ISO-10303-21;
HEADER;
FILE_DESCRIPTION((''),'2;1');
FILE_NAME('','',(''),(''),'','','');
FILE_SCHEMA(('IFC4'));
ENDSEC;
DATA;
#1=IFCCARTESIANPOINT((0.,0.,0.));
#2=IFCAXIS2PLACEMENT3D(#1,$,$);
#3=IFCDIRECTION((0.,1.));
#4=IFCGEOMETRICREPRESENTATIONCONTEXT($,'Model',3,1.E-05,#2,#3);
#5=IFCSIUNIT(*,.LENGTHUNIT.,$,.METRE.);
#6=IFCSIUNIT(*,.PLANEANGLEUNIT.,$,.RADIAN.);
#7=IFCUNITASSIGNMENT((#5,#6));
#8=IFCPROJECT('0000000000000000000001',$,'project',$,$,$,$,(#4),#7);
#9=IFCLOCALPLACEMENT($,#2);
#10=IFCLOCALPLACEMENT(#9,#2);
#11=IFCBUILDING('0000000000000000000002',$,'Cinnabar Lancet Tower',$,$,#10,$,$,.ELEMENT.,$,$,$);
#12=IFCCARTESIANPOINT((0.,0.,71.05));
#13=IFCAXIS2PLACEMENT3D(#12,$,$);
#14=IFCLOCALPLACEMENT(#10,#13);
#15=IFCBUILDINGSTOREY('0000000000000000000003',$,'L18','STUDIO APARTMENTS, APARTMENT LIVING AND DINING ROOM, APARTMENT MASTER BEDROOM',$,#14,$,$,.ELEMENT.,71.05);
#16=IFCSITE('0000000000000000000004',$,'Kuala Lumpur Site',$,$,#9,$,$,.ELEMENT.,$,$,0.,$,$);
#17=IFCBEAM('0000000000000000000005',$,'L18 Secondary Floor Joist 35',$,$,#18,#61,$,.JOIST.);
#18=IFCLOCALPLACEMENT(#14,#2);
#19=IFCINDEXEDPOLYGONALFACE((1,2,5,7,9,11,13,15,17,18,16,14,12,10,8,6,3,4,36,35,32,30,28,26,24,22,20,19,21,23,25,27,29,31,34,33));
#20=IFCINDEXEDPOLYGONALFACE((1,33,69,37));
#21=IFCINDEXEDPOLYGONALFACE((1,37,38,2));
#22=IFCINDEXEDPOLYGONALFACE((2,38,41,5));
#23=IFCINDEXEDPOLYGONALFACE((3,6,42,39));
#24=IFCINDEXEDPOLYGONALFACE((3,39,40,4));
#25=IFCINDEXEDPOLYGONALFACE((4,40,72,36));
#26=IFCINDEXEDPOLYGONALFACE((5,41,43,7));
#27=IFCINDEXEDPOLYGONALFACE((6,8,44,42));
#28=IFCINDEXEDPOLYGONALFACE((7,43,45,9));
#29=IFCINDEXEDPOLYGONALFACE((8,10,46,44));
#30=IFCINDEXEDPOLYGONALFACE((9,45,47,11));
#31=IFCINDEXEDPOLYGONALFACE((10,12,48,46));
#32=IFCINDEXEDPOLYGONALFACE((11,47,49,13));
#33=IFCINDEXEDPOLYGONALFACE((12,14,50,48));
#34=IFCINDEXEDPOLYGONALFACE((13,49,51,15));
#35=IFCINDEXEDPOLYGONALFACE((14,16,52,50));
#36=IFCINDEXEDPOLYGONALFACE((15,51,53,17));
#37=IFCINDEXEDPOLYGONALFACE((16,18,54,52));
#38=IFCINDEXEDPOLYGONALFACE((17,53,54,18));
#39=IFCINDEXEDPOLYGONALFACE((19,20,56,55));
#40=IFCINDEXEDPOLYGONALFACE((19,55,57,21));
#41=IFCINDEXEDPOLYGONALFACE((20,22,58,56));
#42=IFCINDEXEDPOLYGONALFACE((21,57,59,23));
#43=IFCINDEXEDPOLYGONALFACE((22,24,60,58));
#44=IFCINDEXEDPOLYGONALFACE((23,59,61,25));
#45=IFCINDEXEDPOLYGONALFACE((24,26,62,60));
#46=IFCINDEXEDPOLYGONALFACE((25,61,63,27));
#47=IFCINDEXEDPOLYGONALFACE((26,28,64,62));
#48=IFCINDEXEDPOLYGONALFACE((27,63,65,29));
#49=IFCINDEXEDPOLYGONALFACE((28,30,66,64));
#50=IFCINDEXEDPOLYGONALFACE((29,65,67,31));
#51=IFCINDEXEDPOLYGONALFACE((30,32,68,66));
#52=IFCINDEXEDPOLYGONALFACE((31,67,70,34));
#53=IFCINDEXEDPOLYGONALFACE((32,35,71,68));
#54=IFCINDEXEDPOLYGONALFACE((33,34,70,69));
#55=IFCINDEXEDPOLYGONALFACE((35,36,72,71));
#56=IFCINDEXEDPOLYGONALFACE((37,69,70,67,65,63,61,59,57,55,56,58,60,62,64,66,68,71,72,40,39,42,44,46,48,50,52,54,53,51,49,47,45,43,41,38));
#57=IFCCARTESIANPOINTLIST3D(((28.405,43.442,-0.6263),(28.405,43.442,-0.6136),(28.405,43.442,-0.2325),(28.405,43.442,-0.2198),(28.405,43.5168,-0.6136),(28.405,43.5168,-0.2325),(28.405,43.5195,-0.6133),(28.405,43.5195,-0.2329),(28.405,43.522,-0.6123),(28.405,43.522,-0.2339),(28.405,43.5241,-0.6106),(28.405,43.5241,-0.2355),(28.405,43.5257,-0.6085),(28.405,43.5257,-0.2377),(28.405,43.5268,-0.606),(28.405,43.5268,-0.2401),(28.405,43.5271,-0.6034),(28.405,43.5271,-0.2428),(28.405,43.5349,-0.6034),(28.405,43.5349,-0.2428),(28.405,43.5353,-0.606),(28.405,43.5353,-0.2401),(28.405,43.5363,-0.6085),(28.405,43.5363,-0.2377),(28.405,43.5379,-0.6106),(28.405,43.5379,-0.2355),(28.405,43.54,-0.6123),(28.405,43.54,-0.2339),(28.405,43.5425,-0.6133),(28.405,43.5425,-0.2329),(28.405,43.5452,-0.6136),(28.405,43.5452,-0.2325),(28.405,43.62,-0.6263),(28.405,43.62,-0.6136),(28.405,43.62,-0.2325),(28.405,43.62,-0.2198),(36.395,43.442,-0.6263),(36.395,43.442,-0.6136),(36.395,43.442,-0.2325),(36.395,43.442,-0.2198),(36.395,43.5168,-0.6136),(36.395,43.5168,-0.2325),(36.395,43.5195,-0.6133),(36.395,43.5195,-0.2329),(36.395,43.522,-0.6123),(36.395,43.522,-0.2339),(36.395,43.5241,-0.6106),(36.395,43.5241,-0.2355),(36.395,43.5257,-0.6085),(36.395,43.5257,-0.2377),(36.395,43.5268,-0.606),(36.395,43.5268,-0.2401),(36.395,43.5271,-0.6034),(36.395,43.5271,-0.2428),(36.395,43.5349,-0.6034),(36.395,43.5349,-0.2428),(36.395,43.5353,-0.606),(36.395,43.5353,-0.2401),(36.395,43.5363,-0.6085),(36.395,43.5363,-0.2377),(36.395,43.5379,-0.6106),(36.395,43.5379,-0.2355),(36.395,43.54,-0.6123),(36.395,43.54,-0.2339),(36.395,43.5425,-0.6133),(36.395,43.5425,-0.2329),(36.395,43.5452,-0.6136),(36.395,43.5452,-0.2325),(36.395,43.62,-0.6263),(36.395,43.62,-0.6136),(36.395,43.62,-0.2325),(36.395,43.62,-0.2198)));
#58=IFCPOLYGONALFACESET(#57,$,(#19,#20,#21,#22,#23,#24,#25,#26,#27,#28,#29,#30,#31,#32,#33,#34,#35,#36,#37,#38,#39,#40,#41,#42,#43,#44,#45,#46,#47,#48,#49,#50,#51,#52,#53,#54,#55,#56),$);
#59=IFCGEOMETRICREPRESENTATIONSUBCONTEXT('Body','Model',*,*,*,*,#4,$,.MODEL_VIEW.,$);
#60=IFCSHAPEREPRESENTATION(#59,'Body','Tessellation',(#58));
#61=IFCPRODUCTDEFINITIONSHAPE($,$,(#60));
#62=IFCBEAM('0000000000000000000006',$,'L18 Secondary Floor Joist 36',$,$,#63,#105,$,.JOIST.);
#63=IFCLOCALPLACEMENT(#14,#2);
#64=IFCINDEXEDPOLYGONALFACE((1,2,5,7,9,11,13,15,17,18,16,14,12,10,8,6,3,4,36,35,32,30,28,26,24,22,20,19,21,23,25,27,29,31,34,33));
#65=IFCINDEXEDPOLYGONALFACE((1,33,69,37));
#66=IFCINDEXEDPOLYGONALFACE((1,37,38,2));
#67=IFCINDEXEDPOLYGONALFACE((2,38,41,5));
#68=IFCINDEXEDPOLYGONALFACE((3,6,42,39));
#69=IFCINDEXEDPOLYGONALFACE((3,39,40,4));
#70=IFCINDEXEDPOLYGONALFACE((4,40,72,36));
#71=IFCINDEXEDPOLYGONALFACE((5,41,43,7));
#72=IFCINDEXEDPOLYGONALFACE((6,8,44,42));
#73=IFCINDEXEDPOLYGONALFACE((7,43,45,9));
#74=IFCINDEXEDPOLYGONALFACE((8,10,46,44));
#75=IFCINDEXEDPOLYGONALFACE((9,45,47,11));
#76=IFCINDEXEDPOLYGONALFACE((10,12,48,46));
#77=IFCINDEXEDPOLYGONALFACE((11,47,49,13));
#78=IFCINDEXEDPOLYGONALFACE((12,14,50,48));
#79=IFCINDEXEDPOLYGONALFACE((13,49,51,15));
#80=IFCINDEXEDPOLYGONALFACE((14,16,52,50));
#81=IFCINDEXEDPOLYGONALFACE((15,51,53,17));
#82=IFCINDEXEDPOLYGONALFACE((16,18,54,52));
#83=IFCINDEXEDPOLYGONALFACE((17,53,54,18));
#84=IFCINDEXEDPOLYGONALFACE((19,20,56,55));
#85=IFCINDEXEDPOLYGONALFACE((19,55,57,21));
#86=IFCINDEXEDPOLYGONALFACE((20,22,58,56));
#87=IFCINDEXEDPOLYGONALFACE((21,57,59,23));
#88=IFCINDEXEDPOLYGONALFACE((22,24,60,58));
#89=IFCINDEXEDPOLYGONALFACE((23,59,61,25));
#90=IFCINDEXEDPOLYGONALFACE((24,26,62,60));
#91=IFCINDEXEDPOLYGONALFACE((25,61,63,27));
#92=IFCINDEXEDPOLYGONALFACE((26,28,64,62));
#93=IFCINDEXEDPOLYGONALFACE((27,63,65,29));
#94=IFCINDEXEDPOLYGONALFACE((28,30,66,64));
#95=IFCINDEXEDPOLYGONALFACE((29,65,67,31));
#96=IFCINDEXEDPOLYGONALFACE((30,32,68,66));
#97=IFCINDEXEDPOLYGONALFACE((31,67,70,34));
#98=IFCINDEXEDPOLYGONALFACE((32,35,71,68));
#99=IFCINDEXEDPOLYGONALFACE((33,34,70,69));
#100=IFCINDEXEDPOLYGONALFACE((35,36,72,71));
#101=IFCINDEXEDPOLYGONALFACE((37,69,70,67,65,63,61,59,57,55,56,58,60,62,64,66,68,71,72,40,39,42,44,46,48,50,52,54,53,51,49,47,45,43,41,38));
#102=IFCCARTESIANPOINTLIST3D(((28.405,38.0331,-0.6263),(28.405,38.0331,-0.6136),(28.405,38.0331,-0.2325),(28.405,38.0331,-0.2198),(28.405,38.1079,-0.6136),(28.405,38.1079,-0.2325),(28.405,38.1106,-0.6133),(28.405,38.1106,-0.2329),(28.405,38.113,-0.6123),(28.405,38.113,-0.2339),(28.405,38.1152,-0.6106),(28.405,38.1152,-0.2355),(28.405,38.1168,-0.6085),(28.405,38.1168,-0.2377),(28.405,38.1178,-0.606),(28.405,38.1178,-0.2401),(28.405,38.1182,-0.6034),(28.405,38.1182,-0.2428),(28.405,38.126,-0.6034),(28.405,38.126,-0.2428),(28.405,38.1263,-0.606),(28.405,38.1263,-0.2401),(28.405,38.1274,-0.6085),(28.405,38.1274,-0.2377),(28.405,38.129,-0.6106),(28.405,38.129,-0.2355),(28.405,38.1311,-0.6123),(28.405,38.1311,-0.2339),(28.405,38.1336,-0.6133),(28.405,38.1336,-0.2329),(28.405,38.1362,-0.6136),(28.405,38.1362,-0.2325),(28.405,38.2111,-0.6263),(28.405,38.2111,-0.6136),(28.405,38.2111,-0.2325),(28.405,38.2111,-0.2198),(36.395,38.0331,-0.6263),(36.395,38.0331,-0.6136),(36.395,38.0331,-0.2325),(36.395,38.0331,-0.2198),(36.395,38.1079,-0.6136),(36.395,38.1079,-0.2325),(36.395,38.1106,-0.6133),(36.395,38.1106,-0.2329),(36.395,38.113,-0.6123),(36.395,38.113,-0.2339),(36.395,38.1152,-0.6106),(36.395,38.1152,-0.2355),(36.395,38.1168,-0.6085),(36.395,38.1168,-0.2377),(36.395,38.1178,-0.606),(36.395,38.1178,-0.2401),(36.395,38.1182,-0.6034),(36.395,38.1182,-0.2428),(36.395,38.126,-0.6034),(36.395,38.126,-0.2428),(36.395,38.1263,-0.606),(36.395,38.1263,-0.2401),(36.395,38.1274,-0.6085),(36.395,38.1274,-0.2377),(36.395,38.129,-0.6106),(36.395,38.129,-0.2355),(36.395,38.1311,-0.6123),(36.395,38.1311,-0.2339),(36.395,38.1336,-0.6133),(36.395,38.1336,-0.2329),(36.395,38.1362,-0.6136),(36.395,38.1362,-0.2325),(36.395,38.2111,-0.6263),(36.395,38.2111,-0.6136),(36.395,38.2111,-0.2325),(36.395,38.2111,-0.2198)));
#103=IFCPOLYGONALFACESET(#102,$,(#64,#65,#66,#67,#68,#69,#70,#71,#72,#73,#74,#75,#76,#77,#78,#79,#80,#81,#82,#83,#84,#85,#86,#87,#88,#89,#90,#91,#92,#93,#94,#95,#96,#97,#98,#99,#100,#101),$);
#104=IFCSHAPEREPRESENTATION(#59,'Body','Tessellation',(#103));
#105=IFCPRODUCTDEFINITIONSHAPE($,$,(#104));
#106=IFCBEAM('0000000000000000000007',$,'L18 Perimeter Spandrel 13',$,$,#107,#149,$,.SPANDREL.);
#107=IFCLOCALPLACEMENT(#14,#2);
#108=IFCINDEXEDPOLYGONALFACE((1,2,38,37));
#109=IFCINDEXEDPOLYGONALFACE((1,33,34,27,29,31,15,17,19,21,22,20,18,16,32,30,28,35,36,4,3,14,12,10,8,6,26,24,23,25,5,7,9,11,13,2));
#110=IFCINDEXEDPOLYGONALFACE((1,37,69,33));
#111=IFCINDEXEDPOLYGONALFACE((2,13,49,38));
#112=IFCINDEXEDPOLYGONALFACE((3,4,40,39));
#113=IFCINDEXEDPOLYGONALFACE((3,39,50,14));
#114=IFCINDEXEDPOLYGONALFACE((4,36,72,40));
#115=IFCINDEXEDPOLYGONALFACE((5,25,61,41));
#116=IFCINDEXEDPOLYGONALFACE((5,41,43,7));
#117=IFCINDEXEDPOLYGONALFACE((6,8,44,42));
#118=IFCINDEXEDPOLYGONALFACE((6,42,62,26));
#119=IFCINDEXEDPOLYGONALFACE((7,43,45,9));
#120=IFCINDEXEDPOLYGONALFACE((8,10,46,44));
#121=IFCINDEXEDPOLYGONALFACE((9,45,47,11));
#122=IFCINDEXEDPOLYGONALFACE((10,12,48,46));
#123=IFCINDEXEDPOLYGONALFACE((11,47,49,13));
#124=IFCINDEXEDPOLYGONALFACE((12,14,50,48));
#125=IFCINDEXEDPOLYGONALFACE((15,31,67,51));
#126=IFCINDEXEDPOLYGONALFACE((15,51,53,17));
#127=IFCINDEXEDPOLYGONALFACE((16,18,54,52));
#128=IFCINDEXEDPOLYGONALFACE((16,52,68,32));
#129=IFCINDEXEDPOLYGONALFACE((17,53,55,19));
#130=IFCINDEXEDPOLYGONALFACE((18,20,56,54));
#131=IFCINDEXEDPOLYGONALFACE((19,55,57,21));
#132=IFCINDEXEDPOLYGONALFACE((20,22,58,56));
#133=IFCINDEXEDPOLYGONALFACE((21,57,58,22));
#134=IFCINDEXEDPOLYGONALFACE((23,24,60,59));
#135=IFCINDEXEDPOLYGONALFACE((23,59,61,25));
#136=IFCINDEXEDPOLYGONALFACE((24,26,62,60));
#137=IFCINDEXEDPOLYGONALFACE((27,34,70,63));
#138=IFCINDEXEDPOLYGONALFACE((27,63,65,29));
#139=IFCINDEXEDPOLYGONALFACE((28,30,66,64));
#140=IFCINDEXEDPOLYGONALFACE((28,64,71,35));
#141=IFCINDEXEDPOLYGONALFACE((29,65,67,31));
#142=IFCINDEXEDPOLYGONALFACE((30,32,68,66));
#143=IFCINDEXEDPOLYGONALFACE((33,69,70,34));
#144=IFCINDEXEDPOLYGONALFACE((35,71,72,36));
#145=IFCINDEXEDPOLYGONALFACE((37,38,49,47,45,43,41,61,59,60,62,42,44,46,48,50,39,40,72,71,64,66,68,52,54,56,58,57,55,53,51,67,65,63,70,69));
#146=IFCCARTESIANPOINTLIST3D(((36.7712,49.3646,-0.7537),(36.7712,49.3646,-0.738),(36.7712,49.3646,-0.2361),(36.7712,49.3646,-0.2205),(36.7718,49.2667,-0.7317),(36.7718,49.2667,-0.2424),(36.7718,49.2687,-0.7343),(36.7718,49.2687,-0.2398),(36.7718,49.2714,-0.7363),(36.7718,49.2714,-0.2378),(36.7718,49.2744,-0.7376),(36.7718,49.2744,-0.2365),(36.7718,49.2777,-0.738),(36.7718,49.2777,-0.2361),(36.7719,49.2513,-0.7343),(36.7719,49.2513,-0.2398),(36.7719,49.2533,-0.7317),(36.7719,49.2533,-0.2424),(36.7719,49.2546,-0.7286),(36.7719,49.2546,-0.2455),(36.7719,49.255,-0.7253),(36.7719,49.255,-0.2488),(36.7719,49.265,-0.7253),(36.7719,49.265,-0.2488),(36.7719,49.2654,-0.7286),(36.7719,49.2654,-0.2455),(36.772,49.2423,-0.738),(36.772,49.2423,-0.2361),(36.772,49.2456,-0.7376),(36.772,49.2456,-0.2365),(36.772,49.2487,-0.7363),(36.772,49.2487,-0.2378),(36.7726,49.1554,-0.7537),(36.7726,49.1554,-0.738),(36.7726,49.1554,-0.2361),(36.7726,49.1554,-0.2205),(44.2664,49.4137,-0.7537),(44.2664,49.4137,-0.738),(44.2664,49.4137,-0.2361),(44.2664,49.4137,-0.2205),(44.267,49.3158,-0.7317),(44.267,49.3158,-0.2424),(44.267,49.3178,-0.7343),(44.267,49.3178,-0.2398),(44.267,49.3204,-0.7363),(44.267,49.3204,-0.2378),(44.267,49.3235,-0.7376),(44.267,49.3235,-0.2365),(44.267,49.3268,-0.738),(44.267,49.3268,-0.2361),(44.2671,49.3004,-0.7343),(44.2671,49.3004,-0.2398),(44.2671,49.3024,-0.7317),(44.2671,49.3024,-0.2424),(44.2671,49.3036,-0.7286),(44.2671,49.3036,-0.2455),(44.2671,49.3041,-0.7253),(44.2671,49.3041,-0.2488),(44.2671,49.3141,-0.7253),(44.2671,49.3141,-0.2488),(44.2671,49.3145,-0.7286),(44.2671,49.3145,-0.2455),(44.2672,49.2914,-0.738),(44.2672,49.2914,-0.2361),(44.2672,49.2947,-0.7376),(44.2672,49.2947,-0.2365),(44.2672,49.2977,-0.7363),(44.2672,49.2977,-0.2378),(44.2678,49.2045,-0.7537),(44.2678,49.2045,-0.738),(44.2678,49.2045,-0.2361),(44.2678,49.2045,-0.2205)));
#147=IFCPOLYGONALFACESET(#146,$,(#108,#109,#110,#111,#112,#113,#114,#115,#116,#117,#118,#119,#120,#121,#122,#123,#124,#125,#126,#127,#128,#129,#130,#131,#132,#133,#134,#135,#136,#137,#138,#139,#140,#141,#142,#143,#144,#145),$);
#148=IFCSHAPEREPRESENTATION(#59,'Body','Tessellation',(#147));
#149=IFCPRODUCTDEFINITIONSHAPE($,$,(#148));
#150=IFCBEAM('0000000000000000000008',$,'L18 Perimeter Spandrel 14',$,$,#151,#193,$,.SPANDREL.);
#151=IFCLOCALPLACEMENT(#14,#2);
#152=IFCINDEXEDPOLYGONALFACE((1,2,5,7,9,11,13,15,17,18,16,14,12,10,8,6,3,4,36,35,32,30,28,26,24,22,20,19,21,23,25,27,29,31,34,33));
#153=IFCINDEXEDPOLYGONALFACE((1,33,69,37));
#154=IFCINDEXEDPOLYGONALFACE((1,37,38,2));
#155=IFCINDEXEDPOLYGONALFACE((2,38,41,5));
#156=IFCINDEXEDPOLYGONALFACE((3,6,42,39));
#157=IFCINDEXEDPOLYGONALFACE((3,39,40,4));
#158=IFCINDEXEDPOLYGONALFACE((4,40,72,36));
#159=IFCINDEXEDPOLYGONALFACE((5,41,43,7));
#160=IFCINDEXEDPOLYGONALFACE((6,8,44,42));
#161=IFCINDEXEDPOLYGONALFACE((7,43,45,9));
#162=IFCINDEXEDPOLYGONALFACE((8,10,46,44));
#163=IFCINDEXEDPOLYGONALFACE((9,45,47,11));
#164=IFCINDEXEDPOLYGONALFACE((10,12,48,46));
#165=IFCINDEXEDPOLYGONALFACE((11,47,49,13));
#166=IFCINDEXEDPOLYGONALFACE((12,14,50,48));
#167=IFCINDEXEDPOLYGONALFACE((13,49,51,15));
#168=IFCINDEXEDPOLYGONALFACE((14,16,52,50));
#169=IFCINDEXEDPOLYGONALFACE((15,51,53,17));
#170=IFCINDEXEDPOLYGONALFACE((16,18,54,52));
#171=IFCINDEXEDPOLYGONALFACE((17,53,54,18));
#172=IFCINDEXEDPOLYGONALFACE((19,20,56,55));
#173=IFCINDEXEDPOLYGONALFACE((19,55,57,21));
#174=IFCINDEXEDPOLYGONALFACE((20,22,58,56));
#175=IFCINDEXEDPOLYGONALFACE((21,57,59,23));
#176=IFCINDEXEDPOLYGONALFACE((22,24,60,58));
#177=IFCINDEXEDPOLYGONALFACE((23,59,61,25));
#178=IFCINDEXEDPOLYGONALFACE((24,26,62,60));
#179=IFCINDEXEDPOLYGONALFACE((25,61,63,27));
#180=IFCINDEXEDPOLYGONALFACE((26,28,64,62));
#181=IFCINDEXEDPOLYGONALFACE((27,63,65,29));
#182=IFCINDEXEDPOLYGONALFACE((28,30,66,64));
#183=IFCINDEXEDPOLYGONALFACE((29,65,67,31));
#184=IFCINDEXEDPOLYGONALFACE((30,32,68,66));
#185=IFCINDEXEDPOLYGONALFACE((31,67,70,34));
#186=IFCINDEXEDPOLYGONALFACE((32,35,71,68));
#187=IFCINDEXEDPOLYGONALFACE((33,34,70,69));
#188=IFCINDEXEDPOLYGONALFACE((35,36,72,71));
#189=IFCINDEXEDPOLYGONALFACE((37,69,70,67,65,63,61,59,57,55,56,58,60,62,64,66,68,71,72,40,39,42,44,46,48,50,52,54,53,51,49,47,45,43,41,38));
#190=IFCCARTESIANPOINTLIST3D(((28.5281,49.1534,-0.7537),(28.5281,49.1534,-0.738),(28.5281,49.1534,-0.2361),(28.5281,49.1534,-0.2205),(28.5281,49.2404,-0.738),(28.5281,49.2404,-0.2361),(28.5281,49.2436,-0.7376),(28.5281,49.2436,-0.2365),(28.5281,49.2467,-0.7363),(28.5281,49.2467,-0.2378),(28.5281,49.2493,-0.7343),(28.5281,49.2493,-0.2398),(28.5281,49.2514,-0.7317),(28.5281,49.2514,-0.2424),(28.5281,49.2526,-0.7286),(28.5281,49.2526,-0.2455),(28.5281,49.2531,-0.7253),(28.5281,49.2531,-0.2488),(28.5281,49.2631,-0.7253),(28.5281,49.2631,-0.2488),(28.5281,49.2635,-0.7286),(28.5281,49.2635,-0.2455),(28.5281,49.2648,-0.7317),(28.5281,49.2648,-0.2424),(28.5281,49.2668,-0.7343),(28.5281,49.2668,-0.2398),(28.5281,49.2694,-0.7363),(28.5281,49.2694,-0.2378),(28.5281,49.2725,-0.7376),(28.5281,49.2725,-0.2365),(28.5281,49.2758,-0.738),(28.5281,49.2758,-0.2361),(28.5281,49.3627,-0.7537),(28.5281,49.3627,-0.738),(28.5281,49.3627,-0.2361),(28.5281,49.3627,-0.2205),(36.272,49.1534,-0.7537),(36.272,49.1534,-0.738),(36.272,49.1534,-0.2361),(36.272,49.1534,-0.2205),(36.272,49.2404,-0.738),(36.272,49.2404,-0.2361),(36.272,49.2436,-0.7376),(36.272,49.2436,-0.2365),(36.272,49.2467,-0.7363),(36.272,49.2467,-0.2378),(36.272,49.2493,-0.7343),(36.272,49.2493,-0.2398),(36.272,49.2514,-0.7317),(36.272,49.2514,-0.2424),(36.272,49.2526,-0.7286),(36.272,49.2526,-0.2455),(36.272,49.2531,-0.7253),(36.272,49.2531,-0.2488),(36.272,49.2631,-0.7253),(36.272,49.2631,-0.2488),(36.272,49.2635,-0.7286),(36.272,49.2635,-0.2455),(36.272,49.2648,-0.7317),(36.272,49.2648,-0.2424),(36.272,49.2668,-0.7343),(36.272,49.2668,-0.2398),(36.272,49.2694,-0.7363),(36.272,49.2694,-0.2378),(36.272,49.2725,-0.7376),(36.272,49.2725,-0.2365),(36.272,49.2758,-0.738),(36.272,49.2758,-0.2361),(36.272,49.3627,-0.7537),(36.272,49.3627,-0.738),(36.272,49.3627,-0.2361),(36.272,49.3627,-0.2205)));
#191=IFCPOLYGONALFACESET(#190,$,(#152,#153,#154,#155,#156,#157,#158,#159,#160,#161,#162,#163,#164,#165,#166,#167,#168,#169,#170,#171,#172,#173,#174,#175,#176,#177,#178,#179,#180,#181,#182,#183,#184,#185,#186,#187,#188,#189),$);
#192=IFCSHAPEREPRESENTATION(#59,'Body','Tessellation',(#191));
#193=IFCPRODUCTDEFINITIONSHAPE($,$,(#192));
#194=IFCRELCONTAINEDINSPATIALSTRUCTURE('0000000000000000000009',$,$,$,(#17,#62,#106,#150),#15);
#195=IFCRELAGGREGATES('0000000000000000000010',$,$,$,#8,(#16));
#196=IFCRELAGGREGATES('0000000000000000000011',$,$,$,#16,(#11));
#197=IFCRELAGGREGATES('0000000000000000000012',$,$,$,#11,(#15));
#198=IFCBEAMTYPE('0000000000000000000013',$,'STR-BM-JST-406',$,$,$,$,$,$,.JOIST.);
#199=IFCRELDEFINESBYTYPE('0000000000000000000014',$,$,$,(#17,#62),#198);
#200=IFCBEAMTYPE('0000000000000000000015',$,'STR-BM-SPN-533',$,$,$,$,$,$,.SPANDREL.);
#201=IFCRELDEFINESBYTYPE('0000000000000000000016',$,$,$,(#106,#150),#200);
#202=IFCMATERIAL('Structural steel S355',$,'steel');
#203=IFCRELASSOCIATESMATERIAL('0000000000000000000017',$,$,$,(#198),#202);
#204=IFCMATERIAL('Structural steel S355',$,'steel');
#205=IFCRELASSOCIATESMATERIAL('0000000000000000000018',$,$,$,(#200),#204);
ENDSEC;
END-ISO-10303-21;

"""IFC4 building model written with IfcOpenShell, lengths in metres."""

from ifc_helpers import new_model, si_unit, direction, frame, origin, origin_2d, place, context, subcontext, project, spatial, i_section, extrude, material, material_profile, profile_set, type_object, element, save


model = new_model("IFC4")

# Units and contexts
model_context = context("Model", 3, precision=1e-05, world=origin(), true_north=direction((0.0, 1.0)))
body_context = subcontext(model_context, "Body", "Model", "MODEL_VIEW")
ifc_project = project(units=[si_unit("LENGTHUNIT", "METRE"), si_unit("PLANEANGLEUNIT", "RADIAN")], contexts=[model_context])

# Site, building, storey
site_placement = place(None, origin())
site = spatial("IfcSite", under=ifc_project, at=site_placement, Name="Kuala Lumpur Site", CompositionType="ELEMENT", RefElevation=0.0)
building_placement = place(site_placement, origin())
building = spatial("IfcBuilding", under=site, at=building_placement, Name="Cinnabar Lancet Tower", CompositionType="ELEMENT")
storey_placement = place(building_placement, frame((0.0, 0.0, 71.05)))
storey = spatial("IfcBuildingStorey", under=building, at=storey_placement, Name="L18", Description="STUDIO APARTMENTS, APARTMENT LIVING AND DINING ROOM, APARTMENT MASTER BEDROOM", CompositionType="ELEMENT", Elevation=71.05)

# Beams
ifc_material_1 = material(Name="Structural steel S355", Category="steel")
ifc_material_profile_1 = material_profile(ifc_material_1, i_section(OverallWidth=0.178, OverallDepth=0.4065, WebThickness=0.0078, FlangeThickness=0.0127, FilletRadius=0.0103, at=origin_2d()), Name="UKB 406x178x60")
ifc_profile_set_1 = profile_set([ifc_material_profile_1], Name="Structural steel S355")
beam_type_1 = type_object("IfcBeamType", Name="STR-BM-JST-406", PredefinedType="JOIST", material=ifc_profile_set_1)
for number, where, z_axis, x_axis, name in (
    (1, (36.395, 43.531, -0.4231), (-1.0, 0.0, 0.0), (0.0, -1.0, 0.0), "L18 Secondary Floor Joist 35"),
    (2, (36.395, 38.1221, -0.4231), (-1.0, 0.0, 0.0), (0.0, -1.0, 0.0), "L18 Secondary Floor Joist 36"),
):
    element("IfcBeam", number, at=place(storey_placement, frame(where, z_axis=z_axis, x_axis=x_axis)), inside=storey, type_object=beam_type_1, Name=name, PredefinedType="JOIST", context=body_context, shape_type="SweptSolid", body=[
        extrude(i_section(OverallWidth=0.178, OverallDepth=0.4065, WebThickness=0.0078, FlangeThickness=0.0127, FilletRadius=0.0103, at=origin_2d()), origin(), (0.0, 0.0, 1.0), 7.99),
    ])
ifc_material_2 = material(Name="Structural steel S355", Category="steel")
ifc_material_profile_2 = material_profile(ifc_material_2, i_section(OverallWidth=0.2092, OverallDepth=0.5332, WebThickness=0.01, FlangeThickness=0.0156, FilletRadius=0.0127, at=origin_2d()), Name="UKB 533x210x92")
ifc_profile_set_2 = profile_set([ifc_material_profile_2], Name="Structural steel S355")
beam_type_2 = type_object("IfcBeamType", Name="STR-BM-SPN-533", PredefinedType="SPANDREL", material=ifc_profile_set_2)
beam_1_placement = place(storey_placement, frame((44.2671, 49.3091, -0.4871), z_axis=(-0.999979, -0.006547, 0.0), x_axis=(0.006547, -0.999979, 0.0)))
element("IfcBeam", 3, at=beam_1_placement, inside=storey, type_object=beam_type_2, Name="L18 Perimeter Spandrel 13", PredefinedType="SPANDREL", context=body_context, shape_type="SweptSolid", body=[
    extrude(i_section(OverallWidth=0.2092, OverallDepth=0.5332, WebThickness=0.01, FlangeThickness=0.0156, FilletRadius=0.0127, at=origin_2d()), origin(), (0.0, 0.0, 1.0), 7.4954),
])
beam_2_placement = place(storey_placement, frame((36.272, 49.2581, -0.4871), z_axis=(-1.0, 0.0, 0.0), x_axis=(0.0, -1.0, 0.0)))
element("IfcBeam", 4, at=beam_2_placement, inside=storey, type_object=beam_type_2, Name="L18 Perimeter Spandrel 14", PredefinedType="SPANDREL", context=body_context, shape_type="SweptSolid", body=[
    extrude(i_section(OverallWidth=0.2092, OverallDepth=0.5332, WebThickness=0.01, FlangeThickness=0.0156, FilletRadius=0.0127, at=origin_2d()), origin(), (0.0, 0.0, 1.0), 7.7439),
])

save(model, "model.ifc")
